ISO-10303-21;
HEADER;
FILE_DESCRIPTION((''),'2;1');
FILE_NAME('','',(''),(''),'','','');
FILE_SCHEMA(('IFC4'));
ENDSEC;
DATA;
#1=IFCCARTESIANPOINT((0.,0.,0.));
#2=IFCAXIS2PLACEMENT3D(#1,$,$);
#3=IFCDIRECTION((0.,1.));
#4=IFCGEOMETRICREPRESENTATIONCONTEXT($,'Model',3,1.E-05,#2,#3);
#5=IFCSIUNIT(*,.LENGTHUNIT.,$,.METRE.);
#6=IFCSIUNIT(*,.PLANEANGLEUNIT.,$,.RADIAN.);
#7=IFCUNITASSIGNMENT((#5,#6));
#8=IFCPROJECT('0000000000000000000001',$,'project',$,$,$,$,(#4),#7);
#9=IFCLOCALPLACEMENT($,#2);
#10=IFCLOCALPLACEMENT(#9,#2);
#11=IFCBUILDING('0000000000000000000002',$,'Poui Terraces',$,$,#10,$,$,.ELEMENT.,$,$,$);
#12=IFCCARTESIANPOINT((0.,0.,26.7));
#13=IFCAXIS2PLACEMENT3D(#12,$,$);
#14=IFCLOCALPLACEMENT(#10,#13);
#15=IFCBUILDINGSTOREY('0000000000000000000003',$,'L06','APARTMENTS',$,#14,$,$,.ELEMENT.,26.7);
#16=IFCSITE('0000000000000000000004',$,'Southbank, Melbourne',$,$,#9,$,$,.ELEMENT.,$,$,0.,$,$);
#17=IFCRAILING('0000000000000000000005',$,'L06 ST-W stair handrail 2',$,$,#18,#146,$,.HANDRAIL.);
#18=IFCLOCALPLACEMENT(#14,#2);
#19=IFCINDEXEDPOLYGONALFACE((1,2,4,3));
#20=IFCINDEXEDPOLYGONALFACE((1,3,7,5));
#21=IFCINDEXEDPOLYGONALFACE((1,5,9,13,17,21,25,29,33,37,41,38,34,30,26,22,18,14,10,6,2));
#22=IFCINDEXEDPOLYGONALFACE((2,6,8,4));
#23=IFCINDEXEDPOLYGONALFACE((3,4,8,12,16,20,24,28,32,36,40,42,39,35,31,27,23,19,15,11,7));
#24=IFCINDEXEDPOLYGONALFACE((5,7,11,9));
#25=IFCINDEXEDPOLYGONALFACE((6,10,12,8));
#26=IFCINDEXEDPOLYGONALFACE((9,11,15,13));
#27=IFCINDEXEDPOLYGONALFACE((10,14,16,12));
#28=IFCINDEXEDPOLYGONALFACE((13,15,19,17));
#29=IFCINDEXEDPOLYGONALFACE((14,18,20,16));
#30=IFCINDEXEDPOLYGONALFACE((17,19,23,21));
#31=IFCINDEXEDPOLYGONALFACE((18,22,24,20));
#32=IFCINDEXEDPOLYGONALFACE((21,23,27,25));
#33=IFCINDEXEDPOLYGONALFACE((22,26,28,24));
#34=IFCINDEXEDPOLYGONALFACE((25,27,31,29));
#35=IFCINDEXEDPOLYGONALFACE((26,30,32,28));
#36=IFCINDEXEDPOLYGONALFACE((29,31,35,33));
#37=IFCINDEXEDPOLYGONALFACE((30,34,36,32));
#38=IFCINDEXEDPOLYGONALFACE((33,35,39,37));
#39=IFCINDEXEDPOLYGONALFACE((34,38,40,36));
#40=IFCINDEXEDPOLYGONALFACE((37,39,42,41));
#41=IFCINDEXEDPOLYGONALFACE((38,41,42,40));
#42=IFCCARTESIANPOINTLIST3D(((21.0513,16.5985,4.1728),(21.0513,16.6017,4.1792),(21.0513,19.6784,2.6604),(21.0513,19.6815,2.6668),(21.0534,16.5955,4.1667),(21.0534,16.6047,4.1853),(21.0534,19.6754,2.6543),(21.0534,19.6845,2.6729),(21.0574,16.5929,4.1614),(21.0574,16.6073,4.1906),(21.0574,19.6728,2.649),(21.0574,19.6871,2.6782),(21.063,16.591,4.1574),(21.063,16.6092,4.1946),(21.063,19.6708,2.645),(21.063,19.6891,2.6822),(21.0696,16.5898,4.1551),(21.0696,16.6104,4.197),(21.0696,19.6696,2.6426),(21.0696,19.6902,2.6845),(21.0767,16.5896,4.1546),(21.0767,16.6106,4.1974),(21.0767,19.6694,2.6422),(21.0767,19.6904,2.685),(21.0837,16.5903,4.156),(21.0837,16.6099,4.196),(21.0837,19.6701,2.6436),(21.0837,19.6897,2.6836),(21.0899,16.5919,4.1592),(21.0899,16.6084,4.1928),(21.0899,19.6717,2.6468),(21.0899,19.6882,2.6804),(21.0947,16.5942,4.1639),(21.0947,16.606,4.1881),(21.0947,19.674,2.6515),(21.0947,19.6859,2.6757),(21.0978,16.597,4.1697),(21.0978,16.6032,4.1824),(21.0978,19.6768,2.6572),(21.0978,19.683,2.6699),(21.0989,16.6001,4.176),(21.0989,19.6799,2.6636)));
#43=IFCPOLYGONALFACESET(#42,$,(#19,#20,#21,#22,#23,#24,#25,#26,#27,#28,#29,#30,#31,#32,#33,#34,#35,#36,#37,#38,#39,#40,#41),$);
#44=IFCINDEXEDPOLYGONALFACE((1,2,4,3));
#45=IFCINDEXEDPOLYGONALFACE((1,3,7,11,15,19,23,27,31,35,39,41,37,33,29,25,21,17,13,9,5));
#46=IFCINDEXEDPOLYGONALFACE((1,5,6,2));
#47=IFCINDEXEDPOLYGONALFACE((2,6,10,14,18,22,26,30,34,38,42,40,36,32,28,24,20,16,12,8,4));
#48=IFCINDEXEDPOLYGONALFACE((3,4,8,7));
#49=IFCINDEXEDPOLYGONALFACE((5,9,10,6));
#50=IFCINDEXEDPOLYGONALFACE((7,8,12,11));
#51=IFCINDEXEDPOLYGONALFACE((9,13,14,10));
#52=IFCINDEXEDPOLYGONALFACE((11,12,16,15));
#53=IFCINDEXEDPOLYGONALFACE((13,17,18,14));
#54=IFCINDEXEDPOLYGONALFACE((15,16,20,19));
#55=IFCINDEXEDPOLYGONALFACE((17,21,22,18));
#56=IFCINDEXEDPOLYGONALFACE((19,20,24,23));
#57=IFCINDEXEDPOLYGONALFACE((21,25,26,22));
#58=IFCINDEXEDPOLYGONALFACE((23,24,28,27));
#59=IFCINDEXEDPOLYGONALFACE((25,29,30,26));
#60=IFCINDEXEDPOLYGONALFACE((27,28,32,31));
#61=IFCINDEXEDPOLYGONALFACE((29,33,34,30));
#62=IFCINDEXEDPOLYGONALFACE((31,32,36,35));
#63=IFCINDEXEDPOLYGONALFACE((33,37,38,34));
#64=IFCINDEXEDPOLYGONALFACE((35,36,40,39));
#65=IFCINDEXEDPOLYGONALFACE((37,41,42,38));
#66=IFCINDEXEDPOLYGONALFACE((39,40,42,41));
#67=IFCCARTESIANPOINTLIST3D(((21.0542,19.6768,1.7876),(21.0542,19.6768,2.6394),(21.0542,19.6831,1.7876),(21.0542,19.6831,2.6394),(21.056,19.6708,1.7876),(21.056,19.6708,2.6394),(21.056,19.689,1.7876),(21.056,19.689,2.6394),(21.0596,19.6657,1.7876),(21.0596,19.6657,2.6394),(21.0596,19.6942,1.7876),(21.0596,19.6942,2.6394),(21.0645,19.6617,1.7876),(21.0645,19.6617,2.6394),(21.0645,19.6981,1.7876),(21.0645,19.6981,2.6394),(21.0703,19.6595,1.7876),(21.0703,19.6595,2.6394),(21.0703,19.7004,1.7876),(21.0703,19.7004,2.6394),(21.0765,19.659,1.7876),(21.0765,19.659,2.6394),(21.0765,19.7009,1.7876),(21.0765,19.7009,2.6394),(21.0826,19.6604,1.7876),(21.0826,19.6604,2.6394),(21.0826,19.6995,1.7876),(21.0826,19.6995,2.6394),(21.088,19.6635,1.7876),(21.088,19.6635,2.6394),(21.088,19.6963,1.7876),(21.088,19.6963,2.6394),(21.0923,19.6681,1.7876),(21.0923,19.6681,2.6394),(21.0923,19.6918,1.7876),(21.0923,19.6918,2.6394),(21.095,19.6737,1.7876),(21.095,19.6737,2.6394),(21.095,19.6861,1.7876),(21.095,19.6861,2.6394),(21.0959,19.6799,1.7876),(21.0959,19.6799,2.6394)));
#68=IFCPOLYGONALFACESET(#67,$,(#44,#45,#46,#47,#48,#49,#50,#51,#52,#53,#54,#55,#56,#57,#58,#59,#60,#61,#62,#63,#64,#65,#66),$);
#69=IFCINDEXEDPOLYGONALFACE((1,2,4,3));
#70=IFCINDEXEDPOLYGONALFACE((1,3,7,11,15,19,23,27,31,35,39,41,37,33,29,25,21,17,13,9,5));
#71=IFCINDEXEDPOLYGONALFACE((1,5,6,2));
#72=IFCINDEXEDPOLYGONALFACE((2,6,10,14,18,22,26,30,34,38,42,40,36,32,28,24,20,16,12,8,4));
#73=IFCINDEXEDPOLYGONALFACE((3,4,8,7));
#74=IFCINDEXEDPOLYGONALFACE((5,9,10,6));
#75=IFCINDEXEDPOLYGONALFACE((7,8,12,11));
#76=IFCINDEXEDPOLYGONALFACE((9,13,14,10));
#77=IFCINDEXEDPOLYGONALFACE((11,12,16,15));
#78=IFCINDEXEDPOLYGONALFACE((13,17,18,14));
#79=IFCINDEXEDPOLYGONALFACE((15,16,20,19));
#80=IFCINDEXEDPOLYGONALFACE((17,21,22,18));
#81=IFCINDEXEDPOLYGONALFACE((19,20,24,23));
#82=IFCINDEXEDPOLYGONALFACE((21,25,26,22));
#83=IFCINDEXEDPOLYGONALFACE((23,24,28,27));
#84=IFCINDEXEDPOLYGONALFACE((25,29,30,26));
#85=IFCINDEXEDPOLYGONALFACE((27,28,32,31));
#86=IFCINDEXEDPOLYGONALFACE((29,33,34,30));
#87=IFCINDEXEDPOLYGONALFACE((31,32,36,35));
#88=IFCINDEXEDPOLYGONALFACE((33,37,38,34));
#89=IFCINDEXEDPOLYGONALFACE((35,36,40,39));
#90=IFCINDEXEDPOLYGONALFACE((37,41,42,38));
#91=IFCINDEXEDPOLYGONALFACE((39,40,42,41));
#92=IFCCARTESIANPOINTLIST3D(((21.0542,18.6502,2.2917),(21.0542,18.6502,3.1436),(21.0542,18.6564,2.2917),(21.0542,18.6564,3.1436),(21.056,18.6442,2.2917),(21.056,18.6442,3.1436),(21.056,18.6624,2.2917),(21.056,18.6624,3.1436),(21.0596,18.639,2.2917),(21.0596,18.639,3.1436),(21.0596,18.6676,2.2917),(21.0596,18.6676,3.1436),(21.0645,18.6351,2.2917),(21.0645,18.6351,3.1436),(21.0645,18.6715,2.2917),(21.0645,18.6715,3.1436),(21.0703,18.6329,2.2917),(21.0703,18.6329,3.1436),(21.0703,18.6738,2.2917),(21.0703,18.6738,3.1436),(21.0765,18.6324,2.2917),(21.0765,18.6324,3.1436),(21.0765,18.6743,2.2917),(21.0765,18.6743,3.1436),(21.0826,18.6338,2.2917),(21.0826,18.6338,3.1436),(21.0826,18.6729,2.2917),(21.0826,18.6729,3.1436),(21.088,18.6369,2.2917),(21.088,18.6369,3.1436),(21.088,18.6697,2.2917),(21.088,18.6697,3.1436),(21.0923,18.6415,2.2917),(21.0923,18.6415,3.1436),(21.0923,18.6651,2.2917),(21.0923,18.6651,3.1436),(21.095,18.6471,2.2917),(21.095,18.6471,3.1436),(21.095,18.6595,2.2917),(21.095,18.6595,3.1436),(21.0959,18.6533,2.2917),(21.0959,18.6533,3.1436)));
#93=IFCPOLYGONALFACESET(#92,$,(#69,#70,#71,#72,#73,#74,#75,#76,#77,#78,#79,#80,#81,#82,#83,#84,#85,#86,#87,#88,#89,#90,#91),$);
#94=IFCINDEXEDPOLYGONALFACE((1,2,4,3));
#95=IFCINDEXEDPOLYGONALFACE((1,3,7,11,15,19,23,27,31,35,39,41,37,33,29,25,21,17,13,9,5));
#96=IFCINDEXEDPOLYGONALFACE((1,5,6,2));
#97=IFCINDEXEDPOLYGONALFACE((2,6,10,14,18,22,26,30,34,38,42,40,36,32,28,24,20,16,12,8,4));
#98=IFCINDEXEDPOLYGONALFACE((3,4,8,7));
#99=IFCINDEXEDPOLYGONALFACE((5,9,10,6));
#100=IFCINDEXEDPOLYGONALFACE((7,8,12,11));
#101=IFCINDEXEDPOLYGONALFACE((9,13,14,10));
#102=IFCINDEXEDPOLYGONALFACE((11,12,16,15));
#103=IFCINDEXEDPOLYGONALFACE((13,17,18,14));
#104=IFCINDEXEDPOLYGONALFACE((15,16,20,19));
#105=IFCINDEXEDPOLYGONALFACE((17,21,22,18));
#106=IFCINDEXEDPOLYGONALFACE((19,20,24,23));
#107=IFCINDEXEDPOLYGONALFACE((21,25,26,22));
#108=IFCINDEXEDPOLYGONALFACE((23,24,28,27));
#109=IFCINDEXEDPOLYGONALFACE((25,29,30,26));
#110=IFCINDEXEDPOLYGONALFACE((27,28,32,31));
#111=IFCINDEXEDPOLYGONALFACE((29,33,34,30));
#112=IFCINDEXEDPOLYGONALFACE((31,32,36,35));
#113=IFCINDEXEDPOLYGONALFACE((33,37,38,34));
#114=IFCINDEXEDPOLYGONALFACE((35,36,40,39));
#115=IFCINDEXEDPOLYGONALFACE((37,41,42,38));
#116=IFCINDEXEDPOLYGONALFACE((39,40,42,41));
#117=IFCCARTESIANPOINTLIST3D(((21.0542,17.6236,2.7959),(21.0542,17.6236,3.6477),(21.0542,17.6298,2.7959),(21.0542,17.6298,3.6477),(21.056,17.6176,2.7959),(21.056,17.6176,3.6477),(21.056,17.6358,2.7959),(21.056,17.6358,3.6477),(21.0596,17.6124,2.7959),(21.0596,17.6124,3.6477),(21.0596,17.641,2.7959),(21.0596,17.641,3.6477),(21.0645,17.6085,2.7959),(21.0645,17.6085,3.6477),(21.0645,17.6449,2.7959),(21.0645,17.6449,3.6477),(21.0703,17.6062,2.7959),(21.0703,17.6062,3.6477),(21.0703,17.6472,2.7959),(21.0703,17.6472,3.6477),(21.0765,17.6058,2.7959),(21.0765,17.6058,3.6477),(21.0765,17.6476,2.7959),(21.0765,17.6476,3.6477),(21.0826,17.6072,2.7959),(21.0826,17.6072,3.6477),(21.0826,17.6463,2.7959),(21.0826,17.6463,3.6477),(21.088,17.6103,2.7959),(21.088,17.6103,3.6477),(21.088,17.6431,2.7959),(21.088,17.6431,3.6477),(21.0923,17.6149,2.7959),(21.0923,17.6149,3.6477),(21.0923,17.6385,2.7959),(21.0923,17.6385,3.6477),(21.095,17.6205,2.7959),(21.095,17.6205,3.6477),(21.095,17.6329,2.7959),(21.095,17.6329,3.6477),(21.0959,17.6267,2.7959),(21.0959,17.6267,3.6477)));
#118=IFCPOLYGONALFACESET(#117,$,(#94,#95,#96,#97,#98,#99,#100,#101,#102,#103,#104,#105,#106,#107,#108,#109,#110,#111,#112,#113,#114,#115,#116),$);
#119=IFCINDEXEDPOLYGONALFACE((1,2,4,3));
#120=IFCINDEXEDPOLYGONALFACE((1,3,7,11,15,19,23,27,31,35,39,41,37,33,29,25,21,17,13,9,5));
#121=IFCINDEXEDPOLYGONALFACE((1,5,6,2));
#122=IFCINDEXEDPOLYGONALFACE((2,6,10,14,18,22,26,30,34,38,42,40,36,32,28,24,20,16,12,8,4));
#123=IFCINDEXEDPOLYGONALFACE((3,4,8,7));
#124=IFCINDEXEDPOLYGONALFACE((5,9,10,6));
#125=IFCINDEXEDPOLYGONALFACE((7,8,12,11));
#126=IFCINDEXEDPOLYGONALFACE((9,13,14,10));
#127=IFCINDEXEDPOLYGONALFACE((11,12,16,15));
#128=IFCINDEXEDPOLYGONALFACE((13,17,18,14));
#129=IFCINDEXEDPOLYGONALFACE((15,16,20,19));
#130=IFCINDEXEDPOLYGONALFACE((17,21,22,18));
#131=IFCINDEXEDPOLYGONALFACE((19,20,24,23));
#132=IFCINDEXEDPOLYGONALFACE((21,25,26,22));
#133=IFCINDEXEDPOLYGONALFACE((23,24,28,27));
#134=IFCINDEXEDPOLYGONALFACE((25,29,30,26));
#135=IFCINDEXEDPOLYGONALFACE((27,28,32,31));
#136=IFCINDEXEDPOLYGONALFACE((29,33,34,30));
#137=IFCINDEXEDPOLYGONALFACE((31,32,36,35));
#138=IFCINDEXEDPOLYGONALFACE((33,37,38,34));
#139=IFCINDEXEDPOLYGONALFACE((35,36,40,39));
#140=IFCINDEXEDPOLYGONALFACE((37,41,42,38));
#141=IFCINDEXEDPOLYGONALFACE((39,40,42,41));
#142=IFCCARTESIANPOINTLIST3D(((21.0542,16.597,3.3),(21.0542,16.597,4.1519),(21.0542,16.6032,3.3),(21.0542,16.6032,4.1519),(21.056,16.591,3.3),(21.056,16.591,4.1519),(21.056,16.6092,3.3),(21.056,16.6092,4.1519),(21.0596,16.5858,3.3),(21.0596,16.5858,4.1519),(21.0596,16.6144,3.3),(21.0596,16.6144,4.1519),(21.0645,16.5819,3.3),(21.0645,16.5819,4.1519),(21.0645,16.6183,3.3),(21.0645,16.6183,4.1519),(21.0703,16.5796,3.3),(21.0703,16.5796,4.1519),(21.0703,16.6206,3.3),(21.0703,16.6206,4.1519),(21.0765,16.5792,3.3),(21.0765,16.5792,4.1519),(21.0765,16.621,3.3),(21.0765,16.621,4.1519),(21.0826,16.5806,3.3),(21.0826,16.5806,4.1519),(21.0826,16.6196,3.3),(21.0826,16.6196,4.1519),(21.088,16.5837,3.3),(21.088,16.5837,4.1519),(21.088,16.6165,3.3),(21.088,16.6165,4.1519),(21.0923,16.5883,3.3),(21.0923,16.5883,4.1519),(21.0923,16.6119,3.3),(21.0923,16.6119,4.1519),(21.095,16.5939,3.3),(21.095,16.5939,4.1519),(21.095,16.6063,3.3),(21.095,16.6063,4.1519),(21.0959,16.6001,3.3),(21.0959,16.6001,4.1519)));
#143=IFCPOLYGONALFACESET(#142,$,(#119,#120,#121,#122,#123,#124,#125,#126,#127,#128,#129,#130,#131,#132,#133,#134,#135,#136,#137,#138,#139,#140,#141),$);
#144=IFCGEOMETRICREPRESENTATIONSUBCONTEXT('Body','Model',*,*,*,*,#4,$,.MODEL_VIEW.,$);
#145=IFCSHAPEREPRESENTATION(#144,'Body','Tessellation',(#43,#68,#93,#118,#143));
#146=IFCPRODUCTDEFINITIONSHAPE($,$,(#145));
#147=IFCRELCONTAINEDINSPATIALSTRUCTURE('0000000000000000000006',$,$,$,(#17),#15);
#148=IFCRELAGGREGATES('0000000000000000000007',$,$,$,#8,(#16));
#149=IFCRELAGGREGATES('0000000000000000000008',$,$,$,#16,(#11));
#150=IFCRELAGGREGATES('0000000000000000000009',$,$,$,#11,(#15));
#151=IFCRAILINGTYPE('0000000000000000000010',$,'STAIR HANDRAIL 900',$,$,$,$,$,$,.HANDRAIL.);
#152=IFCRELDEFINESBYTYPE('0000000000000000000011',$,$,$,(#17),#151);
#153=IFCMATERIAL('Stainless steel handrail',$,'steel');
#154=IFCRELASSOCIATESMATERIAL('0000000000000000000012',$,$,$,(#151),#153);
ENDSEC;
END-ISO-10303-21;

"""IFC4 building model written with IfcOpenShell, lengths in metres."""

from ifc_helpers import new_model, si_unit, direction, frame, origin, origin_2d, place, context, subcontext, project, spatial, circle, extrude, material, type_object, element, save


model = new_model("IFC4")

# Units and contexts
model_context = context("Model", 3, precision=1e-05, world=origin(), true_north=direction((0.0, 1.0)))
body_context = subcontext(model_context, "Body", "Model", "MODEL_VIEW")
ifc_project = project(units=[si_unit("LENGTHUNIT", "METRE"), si_unit("PLANEANGLEUNIT", "RADIAN")], contexts=[model_context])

# Site, building, storey
site_placement = place(None, origin())
site = spatial("IfcSite", under=ifc_project, at=site_placement, Name="Southbank, Melbourne", CompositionType="ELEMENT", RefElevation=0.0)
building_placement = place(site_placement, origin())
building = spatial("IfcBuilding", under=site, at=building_placement, Name="Poui Terraces", CompositionType="ELEMENT")
storey_placement = place(building_placement, frame((0.0, 0.0, 26.7)))
storey = spatial("IfcBuildingStorey", under=building, at=storey_placement, Name="L06", Description="APARTMENTS", CompositionType="ELEMENT", Elevation=26.7)

# Railing
ifc_material_1 = material(Name="Stainless steel handrail", Category="steel")
railing_type_1 = type_object("IfcRailingType", Name="STAIR HANDRAIL 900", PredefinedType="HANDRAIL", material=ifc_material_1)
railing_1_placement = place(storey_placement, frame((21.075, 19.6799, 1.7876)))
element("IfcRailing", 1, at=railing_1_placement, inside=storey, type_object=railing_type_1, Name="L06 ST-W stair handrail 2", PredefinedType="HANDRAIL", context=body_context, shape_type="SweptSolid", body=[
    extrude(circle(Radius=0.0239, at=origin_2d()), frame((0.0, 0.0, 0.876), z_axis=(0.0, -0.897606, 0.440798), x_axis=(1.0, 0.0, 0.0)), (0.0, 0.0, 1.0), 3.4312),
    extrude(circle(Radius=0.021, at=origin_2d()), origin(), (0.0, 0.0, 1.0), 0.8518),
    extrude(circle(Radius=0.021, at=origin_2d()), frame((0.0, -1.0266, 0.5042)), (0.0, 0.0, 1.0), 0.8518),
    extrude(circle(Radius=0.021, at=origin_2d()), frame((0.0, -2.0532, 1.0083)), (0.0, 0.0, 1.0), 0.8518),
    extrude(circle(Radius=0.021, at=origin_2d()), frame((0.0, -3.0798, 1.5125)), (0.0, 0.0, 1.0), 0.8518),
])

save(model, "model.ifc")
